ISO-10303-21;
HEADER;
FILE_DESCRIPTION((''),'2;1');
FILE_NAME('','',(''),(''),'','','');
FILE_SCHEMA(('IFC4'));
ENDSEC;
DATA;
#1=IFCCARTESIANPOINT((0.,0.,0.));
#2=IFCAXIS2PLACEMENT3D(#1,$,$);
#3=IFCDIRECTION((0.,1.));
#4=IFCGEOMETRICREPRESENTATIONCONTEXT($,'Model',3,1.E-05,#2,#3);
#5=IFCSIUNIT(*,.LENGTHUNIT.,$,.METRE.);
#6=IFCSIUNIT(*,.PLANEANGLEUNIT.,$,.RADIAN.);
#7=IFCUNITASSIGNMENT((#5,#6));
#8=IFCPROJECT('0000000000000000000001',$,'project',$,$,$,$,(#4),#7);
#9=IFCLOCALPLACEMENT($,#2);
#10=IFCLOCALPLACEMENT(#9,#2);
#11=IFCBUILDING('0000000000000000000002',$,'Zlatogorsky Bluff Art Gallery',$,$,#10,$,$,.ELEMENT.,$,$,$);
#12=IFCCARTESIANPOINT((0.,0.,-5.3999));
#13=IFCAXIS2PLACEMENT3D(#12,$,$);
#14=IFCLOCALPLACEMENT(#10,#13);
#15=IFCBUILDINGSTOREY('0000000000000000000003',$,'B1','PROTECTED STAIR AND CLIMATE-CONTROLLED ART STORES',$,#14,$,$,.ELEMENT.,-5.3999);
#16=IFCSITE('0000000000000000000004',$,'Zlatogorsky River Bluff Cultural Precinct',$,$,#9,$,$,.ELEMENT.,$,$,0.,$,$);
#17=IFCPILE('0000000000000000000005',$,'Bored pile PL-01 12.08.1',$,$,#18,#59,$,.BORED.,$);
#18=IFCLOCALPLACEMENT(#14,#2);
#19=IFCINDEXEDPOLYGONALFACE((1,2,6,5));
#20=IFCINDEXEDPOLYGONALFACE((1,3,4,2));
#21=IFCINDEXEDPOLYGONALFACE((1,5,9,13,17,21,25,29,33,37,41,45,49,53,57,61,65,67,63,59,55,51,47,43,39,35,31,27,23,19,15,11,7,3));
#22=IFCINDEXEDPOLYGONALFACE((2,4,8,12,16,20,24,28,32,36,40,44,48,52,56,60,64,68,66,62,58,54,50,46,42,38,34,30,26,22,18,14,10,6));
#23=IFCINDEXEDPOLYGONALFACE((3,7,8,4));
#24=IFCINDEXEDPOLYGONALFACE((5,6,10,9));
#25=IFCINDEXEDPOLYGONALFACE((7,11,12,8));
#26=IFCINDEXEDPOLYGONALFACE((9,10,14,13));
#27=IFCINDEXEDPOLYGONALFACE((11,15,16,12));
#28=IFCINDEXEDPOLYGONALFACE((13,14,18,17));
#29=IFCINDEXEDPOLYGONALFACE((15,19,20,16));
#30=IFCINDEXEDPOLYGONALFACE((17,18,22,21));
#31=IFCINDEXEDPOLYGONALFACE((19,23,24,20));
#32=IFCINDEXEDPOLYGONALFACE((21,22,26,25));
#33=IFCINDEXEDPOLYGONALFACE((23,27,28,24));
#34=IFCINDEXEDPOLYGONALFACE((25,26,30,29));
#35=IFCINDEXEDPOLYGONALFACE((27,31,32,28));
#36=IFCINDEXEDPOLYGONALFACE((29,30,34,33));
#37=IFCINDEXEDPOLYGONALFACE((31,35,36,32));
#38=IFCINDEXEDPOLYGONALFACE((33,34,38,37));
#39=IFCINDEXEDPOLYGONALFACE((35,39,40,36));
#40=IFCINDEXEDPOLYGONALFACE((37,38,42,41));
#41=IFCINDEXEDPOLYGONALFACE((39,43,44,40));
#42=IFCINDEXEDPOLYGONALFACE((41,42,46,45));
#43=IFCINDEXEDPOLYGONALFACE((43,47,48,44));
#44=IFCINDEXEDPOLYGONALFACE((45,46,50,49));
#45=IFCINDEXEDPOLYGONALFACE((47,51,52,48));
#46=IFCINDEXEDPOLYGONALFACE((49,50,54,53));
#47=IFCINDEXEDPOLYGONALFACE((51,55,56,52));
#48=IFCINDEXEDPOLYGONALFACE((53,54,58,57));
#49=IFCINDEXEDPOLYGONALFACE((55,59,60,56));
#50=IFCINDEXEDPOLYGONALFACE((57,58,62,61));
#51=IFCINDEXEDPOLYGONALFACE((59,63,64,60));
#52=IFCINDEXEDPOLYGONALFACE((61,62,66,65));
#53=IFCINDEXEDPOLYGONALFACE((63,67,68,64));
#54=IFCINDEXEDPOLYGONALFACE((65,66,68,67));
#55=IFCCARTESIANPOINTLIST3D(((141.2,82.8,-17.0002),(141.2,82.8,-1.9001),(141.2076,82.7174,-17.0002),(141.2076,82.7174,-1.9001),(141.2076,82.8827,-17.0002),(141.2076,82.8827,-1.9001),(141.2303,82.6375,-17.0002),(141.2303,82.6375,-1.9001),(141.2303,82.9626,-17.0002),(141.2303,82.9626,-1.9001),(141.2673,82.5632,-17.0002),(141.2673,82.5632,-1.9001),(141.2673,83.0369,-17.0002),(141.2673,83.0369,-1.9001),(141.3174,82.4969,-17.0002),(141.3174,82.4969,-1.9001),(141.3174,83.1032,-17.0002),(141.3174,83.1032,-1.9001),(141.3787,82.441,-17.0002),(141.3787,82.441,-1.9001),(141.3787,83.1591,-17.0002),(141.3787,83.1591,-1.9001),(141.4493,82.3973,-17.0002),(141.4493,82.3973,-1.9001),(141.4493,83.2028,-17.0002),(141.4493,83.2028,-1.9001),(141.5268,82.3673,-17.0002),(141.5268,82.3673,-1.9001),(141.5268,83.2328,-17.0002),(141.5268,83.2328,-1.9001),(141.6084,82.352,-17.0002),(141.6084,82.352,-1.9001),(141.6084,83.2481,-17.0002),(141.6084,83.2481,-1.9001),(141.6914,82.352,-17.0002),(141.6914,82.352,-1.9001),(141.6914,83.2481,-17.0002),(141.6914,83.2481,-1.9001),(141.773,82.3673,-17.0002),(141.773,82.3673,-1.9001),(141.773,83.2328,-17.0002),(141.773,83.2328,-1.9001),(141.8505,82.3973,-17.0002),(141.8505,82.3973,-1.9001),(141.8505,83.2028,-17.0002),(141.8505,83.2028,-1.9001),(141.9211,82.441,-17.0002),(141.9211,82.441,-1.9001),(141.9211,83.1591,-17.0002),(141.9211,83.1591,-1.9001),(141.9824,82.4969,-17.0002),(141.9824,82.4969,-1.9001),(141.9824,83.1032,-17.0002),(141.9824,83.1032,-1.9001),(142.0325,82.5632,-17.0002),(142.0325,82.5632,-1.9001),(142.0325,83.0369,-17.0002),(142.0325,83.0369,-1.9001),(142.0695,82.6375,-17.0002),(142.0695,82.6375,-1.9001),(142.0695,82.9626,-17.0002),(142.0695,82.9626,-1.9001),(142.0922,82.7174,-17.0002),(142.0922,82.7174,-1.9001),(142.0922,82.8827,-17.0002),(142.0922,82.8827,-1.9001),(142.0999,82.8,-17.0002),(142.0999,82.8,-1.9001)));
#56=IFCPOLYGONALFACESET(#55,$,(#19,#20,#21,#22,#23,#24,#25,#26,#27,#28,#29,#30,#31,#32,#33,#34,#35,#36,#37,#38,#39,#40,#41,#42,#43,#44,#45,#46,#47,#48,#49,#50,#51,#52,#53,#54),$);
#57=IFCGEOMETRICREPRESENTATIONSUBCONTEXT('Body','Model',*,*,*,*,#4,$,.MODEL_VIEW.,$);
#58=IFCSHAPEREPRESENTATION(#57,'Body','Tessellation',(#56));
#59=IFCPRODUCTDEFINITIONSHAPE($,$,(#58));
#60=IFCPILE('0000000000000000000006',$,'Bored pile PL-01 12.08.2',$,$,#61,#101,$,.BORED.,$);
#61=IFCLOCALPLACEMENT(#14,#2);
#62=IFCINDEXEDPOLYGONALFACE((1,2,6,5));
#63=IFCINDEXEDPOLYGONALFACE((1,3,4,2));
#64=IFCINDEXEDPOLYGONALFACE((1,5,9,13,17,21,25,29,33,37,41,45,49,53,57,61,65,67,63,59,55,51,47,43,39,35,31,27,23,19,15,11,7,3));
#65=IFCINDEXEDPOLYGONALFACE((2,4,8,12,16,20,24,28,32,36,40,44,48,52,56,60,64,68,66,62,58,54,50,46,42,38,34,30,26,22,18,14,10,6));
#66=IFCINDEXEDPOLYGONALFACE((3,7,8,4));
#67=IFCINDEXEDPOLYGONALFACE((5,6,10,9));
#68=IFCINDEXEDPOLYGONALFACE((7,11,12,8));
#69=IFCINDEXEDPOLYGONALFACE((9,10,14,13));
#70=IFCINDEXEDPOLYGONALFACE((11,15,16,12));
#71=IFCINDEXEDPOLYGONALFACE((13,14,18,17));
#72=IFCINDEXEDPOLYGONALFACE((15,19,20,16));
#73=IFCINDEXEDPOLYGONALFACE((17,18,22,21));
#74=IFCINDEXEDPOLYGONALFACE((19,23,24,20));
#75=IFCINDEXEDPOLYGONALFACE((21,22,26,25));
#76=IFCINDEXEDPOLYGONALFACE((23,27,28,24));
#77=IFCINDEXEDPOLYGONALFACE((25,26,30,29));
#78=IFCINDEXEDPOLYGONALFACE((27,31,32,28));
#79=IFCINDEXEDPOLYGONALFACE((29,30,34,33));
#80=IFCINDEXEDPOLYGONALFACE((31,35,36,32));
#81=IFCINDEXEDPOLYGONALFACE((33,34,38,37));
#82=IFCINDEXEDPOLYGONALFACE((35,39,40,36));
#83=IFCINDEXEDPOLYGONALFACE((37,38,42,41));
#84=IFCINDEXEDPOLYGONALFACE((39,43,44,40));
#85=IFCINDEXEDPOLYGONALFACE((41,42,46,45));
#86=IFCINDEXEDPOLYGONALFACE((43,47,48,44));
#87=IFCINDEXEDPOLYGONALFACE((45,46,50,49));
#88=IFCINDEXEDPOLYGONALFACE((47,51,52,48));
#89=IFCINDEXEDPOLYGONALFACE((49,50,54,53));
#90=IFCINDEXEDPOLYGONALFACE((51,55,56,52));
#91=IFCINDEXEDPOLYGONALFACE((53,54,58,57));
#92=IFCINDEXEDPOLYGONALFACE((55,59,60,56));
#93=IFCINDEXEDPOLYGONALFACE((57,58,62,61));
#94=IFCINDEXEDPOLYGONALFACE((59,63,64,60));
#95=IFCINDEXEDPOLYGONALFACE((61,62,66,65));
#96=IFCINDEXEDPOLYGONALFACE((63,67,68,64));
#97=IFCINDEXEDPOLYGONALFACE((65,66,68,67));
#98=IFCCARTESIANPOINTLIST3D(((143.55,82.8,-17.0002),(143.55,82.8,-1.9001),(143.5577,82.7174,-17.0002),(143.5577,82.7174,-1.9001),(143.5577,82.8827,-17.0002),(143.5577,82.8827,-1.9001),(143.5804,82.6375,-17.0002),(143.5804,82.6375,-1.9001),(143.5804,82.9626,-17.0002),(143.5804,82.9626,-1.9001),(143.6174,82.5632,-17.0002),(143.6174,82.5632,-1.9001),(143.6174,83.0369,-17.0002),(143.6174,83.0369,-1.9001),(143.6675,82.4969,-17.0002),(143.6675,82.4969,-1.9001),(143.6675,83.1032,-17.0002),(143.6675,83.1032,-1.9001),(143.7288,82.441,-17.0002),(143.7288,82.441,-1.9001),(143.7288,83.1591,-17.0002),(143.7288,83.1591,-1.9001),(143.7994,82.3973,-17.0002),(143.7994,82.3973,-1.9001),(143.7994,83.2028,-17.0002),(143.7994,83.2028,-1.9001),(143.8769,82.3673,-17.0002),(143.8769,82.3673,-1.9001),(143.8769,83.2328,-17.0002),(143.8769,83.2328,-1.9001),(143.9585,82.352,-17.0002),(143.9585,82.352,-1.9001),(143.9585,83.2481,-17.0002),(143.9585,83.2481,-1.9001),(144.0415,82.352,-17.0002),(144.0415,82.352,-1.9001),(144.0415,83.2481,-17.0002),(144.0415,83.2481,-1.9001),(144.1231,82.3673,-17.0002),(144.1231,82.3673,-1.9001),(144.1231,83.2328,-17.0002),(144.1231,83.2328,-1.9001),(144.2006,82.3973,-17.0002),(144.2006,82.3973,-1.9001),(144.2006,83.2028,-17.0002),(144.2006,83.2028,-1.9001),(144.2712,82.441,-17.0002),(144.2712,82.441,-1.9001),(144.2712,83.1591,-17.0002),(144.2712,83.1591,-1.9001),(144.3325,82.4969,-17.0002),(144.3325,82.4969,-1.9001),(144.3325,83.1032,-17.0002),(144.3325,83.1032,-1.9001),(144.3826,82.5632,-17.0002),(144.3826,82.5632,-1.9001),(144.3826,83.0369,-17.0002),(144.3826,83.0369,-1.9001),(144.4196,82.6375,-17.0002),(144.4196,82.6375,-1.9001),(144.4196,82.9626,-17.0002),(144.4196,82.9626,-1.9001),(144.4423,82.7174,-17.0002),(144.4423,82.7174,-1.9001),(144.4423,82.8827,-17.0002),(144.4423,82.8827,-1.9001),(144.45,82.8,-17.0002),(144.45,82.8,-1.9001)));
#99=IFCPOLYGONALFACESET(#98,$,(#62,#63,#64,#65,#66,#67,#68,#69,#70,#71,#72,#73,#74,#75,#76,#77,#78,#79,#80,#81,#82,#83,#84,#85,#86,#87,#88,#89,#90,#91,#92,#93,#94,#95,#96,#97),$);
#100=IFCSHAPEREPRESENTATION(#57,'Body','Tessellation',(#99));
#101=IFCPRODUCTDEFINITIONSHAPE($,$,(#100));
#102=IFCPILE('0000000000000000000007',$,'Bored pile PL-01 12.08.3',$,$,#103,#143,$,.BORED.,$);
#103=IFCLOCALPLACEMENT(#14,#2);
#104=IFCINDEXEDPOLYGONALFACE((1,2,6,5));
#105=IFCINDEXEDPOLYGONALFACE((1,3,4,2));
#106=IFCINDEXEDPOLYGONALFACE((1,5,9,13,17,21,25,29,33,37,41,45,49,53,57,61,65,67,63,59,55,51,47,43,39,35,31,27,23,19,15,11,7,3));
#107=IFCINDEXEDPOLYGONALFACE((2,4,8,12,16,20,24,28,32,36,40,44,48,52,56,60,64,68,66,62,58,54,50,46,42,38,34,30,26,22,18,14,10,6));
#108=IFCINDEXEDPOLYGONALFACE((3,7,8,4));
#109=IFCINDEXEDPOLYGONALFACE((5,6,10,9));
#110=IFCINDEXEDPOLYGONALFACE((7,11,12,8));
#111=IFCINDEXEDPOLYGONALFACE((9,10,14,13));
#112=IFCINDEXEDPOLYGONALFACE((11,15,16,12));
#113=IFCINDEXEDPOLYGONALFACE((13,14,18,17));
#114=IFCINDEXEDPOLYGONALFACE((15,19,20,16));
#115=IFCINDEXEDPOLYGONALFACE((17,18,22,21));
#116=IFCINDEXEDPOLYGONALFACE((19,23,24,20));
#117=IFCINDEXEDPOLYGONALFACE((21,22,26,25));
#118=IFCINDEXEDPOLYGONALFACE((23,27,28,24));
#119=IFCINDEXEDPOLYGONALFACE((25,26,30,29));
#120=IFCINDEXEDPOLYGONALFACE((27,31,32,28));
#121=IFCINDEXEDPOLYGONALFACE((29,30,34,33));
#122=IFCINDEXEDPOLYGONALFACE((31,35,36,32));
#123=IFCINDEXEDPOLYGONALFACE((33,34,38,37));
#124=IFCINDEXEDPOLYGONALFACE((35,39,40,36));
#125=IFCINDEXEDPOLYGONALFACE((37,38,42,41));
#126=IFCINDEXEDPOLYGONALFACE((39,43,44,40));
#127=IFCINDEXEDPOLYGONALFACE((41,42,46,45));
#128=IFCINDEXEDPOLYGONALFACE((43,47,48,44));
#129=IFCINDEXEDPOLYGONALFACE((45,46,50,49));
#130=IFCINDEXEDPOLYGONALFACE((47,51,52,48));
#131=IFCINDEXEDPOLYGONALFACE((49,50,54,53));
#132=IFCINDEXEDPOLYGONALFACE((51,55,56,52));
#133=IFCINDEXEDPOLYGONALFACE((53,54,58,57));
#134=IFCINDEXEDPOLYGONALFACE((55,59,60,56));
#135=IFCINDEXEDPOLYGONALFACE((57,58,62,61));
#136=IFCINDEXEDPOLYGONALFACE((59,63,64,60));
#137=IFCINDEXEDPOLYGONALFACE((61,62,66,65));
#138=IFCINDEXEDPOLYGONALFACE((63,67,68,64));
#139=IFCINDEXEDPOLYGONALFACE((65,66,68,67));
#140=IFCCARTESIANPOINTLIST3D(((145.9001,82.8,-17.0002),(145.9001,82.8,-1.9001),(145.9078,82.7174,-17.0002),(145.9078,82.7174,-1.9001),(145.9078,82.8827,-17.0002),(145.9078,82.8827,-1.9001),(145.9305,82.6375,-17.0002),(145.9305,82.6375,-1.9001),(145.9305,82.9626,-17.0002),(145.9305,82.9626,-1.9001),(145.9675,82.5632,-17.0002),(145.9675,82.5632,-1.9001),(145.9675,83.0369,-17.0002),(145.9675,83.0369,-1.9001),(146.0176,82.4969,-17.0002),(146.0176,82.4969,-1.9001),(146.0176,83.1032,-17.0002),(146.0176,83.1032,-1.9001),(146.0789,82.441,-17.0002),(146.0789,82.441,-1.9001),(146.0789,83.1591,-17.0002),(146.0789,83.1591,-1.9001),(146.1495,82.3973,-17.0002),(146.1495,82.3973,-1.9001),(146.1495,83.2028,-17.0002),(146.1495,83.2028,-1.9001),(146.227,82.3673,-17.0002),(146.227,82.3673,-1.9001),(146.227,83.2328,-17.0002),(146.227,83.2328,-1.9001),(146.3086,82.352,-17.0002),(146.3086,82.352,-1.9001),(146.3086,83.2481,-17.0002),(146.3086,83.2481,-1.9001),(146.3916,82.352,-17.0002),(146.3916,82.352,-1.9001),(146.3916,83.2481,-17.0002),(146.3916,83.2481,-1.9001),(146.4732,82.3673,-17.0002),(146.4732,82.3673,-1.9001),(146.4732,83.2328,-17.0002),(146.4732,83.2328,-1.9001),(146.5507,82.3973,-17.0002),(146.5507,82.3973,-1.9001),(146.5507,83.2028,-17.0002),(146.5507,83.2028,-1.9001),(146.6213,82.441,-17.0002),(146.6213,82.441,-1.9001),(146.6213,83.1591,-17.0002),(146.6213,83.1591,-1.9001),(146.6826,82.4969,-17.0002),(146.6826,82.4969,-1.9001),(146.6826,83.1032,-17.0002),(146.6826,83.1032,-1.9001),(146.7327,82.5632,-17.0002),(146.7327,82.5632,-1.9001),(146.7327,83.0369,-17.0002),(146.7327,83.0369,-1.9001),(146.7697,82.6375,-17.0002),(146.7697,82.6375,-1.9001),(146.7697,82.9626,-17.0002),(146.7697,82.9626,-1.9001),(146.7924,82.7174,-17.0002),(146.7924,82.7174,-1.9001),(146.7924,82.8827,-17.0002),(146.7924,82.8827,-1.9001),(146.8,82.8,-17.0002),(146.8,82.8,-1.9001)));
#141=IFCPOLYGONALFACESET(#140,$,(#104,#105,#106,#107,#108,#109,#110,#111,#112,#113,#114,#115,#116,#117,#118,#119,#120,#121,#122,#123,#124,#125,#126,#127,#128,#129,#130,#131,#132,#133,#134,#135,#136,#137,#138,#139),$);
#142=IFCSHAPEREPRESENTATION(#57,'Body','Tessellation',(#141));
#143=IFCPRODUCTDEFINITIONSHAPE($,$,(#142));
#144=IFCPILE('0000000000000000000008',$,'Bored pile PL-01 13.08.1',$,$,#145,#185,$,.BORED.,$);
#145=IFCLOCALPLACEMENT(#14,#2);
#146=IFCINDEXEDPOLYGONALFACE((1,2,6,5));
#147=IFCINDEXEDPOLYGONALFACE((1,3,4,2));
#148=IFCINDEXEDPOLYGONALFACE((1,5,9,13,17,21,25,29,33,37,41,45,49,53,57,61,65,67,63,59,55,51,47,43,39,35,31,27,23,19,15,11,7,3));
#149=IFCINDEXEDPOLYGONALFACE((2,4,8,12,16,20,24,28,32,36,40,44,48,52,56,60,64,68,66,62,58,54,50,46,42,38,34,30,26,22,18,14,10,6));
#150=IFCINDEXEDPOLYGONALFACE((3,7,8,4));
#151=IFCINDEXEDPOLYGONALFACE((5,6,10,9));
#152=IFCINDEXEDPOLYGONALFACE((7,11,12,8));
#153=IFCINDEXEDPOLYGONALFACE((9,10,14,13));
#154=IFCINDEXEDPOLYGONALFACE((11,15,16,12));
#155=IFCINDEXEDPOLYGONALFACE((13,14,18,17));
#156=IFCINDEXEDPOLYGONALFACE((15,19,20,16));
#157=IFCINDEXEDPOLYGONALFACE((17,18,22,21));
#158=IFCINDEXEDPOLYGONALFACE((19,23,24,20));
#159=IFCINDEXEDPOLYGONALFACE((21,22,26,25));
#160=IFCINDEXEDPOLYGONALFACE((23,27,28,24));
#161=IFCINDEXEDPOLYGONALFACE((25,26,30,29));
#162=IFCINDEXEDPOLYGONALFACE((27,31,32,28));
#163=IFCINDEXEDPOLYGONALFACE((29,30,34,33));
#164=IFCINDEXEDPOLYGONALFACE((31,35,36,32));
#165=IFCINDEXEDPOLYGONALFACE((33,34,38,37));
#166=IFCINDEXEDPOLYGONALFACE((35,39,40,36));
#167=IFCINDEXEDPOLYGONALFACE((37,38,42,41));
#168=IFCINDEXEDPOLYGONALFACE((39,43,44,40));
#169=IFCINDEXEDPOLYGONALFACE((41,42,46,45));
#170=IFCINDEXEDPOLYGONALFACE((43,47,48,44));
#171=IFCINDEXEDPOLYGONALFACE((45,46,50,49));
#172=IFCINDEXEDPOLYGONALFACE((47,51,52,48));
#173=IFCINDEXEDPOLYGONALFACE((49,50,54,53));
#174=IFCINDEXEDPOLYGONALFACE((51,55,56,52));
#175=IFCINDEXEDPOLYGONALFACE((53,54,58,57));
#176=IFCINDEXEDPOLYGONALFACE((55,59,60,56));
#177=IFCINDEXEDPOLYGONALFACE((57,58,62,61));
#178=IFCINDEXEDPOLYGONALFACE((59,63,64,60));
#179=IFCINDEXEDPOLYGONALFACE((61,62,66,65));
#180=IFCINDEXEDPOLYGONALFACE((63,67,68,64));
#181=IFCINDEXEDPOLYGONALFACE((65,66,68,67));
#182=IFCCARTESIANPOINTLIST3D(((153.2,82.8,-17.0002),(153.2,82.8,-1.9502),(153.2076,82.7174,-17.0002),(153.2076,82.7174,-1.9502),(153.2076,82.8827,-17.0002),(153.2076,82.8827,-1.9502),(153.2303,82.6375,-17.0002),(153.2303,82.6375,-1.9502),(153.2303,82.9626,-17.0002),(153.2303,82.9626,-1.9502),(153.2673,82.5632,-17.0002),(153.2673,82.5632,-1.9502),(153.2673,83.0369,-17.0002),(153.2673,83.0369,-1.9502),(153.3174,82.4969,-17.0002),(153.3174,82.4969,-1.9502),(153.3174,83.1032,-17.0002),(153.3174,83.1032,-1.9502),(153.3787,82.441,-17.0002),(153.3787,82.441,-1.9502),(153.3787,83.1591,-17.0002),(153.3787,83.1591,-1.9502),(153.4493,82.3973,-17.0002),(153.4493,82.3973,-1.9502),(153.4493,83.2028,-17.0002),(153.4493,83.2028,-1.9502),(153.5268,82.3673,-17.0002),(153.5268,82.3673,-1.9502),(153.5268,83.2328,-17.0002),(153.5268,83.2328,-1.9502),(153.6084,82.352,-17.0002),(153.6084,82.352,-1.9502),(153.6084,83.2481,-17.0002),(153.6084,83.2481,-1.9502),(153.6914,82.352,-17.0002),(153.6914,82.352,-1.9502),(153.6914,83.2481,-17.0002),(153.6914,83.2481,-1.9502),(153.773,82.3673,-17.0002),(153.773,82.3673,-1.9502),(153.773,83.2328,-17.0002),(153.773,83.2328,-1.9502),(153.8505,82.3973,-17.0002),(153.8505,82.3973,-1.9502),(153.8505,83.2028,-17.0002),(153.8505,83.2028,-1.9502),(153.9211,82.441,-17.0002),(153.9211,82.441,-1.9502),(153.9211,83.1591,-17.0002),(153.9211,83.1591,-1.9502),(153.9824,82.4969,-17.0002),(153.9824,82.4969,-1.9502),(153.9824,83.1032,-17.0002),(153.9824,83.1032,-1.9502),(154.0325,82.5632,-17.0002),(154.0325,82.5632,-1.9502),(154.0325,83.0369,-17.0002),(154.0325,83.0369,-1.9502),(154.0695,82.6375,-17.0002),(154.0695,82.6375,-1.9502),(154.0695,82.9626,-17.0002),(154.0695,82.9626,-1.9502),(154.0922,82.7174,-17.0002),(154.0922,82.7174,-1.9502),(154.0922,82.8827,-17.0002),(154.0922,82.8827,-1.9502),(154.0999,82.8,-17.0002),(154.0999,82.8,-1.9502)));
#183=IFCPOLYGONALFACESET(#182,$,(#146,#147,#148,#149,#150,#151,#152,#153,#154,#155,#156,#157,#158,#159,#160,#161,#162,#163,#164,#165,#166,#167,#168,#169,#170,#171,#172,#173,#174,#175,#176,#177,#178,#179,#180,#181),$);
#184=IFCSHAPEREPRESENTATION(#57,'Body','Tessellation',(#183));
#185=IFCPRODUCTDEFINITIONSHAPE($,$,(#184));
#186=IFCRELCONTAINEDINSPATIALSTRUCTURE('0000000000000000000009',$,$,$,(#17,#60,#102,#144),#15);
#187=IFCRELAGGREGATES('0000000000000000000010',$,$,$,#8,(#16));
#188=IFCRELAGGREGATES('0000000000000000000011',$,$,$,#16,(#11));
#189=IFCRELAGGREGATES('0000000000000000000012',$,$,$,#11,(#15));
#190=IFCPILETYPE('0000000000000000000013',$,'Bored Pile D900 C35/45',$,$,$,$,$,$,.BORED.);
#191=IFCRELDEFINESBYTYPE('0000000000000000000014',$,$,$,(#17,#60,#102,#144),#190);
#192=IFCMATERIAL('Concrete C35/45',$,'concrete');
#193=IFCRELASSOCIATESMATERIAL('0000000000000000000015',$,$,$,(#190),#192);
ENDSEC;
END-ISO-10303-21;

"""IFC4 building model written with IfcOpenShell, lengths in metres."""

from ifc_helpers import new_model, si_unit, direction, frame, origin, origin_2d, place, context, subcontext, project, spatial, circle, extrude, material, material_profile, profile_set, type_object, element, save


model = new_model("IFC4")

# Units and contexts
model_context = context("Model", 3, precision=1e-05, world=origin(), true_north=direction((0.0, 1.0)))
body_context = subcontext(model_context, "Body", "Model", "MODEL_VIEW")
ifc_project = project(units=[si_unit("LENGTHUNIT", "METRE"), si_unit("PLANEANGLEUNIT", "RADIAN")], contexts=[model_context])

# Site, building, storey
site_placement = place(None, origin())
site = spatial("IfcSite", under=ifc_project, at=site_placement, Name="Zlatogorsky River Bluff Cultural Precinct", CompositionType="ELEMENT", RefElevation=0.0)
building_placement = place(site_placement, origin())
building = spatial("IfcBuilding", under=site, at=building_placement, Name="Zlatogorsky Bluff Art Gallery", CompositionType="ELEMENT")
storey_placement = place(building_placement, frame((0.0, 0.0, -5.3999)))
storey = spatial("IfcBuildingStorey", under=building, at=storey_placement, Name="B1", Description="PROTECTED STAIR AND CLIMATE-CONTROLLED ART STORES", CompositionType="ELEMENT", Elevation=-5.3999)

# Piles
ifc_material_1 = material(Name="Concrete C35/45", Category="concrete")
ifc_material_profile_1 = material_profile(ifc_material_1, circle(Radius=0.45, at=origin_2d()), Name="BORED PILE D900")
ifc_profile_set_1 = profile_set([ifc_material_profile_1], Name="Concrete C35/45")
pile_type = type_object("IfcPileType", Name="Bored Pile D900 C35/45", PredefinedType="BORED", material=ifc_profile_set_1)
for number, where, z_axis, x_axis, name in (
    (1, (141.6499, 82.8, -1.9001), (0.0, 0.0, -1.0), (1.0, 0.0, 0.0), "Bored pile PL-01 12.08.1"),
    (2, (144.0, 82.8, -1.9001), (0.0, 0.0, -1.0), (1.0, 0.0, 0.0), "Bored pile PL-01 12.08.2"),
    (3, (146.3501, 82.8, -1.9001), (0.0, 0.0, -1.0), (1.0, 0.0, 0.0), "Bored pile PL-01 12.08.3"),
):
    element("IfcPile", number, at=place(storey_placement, frame(where, z_axis=z_axis, x_axis=x_axis)), inside=storey, type_object=pile_type, Name=name, PredefinedType="BORED", context=body_context, shape_type="SweptSolid", body=[
        extrude(circle(Radius=0.45, at=origin_2d()), origin(), (0.0, 0.0, 1.0), 15.1001),
    ])
for number, where, z_axis, x_axis, name in (
    (4, (153.6499, 82.8, -1.9502), (0.0, 0.0, -1.0), (1.0, 0.0, 0.0), "Bored pile PL-01 13.08.1"),
):
    element("IfcPile", number, at=place(storey_placement, frame(where, z_axis=z_axis, x_axis=x_axis)), inside=storey, type_object=pile_type, Name=name, PredefinedType="BORED", context=body_context, shape_type="SweptSolid", body=[
        extrude(circle(Radius=0.45, at=origin_2d()), origin(), (0.0, 0.0, 1.0), 15.05),
    ])

save(model, "model.ifc")
